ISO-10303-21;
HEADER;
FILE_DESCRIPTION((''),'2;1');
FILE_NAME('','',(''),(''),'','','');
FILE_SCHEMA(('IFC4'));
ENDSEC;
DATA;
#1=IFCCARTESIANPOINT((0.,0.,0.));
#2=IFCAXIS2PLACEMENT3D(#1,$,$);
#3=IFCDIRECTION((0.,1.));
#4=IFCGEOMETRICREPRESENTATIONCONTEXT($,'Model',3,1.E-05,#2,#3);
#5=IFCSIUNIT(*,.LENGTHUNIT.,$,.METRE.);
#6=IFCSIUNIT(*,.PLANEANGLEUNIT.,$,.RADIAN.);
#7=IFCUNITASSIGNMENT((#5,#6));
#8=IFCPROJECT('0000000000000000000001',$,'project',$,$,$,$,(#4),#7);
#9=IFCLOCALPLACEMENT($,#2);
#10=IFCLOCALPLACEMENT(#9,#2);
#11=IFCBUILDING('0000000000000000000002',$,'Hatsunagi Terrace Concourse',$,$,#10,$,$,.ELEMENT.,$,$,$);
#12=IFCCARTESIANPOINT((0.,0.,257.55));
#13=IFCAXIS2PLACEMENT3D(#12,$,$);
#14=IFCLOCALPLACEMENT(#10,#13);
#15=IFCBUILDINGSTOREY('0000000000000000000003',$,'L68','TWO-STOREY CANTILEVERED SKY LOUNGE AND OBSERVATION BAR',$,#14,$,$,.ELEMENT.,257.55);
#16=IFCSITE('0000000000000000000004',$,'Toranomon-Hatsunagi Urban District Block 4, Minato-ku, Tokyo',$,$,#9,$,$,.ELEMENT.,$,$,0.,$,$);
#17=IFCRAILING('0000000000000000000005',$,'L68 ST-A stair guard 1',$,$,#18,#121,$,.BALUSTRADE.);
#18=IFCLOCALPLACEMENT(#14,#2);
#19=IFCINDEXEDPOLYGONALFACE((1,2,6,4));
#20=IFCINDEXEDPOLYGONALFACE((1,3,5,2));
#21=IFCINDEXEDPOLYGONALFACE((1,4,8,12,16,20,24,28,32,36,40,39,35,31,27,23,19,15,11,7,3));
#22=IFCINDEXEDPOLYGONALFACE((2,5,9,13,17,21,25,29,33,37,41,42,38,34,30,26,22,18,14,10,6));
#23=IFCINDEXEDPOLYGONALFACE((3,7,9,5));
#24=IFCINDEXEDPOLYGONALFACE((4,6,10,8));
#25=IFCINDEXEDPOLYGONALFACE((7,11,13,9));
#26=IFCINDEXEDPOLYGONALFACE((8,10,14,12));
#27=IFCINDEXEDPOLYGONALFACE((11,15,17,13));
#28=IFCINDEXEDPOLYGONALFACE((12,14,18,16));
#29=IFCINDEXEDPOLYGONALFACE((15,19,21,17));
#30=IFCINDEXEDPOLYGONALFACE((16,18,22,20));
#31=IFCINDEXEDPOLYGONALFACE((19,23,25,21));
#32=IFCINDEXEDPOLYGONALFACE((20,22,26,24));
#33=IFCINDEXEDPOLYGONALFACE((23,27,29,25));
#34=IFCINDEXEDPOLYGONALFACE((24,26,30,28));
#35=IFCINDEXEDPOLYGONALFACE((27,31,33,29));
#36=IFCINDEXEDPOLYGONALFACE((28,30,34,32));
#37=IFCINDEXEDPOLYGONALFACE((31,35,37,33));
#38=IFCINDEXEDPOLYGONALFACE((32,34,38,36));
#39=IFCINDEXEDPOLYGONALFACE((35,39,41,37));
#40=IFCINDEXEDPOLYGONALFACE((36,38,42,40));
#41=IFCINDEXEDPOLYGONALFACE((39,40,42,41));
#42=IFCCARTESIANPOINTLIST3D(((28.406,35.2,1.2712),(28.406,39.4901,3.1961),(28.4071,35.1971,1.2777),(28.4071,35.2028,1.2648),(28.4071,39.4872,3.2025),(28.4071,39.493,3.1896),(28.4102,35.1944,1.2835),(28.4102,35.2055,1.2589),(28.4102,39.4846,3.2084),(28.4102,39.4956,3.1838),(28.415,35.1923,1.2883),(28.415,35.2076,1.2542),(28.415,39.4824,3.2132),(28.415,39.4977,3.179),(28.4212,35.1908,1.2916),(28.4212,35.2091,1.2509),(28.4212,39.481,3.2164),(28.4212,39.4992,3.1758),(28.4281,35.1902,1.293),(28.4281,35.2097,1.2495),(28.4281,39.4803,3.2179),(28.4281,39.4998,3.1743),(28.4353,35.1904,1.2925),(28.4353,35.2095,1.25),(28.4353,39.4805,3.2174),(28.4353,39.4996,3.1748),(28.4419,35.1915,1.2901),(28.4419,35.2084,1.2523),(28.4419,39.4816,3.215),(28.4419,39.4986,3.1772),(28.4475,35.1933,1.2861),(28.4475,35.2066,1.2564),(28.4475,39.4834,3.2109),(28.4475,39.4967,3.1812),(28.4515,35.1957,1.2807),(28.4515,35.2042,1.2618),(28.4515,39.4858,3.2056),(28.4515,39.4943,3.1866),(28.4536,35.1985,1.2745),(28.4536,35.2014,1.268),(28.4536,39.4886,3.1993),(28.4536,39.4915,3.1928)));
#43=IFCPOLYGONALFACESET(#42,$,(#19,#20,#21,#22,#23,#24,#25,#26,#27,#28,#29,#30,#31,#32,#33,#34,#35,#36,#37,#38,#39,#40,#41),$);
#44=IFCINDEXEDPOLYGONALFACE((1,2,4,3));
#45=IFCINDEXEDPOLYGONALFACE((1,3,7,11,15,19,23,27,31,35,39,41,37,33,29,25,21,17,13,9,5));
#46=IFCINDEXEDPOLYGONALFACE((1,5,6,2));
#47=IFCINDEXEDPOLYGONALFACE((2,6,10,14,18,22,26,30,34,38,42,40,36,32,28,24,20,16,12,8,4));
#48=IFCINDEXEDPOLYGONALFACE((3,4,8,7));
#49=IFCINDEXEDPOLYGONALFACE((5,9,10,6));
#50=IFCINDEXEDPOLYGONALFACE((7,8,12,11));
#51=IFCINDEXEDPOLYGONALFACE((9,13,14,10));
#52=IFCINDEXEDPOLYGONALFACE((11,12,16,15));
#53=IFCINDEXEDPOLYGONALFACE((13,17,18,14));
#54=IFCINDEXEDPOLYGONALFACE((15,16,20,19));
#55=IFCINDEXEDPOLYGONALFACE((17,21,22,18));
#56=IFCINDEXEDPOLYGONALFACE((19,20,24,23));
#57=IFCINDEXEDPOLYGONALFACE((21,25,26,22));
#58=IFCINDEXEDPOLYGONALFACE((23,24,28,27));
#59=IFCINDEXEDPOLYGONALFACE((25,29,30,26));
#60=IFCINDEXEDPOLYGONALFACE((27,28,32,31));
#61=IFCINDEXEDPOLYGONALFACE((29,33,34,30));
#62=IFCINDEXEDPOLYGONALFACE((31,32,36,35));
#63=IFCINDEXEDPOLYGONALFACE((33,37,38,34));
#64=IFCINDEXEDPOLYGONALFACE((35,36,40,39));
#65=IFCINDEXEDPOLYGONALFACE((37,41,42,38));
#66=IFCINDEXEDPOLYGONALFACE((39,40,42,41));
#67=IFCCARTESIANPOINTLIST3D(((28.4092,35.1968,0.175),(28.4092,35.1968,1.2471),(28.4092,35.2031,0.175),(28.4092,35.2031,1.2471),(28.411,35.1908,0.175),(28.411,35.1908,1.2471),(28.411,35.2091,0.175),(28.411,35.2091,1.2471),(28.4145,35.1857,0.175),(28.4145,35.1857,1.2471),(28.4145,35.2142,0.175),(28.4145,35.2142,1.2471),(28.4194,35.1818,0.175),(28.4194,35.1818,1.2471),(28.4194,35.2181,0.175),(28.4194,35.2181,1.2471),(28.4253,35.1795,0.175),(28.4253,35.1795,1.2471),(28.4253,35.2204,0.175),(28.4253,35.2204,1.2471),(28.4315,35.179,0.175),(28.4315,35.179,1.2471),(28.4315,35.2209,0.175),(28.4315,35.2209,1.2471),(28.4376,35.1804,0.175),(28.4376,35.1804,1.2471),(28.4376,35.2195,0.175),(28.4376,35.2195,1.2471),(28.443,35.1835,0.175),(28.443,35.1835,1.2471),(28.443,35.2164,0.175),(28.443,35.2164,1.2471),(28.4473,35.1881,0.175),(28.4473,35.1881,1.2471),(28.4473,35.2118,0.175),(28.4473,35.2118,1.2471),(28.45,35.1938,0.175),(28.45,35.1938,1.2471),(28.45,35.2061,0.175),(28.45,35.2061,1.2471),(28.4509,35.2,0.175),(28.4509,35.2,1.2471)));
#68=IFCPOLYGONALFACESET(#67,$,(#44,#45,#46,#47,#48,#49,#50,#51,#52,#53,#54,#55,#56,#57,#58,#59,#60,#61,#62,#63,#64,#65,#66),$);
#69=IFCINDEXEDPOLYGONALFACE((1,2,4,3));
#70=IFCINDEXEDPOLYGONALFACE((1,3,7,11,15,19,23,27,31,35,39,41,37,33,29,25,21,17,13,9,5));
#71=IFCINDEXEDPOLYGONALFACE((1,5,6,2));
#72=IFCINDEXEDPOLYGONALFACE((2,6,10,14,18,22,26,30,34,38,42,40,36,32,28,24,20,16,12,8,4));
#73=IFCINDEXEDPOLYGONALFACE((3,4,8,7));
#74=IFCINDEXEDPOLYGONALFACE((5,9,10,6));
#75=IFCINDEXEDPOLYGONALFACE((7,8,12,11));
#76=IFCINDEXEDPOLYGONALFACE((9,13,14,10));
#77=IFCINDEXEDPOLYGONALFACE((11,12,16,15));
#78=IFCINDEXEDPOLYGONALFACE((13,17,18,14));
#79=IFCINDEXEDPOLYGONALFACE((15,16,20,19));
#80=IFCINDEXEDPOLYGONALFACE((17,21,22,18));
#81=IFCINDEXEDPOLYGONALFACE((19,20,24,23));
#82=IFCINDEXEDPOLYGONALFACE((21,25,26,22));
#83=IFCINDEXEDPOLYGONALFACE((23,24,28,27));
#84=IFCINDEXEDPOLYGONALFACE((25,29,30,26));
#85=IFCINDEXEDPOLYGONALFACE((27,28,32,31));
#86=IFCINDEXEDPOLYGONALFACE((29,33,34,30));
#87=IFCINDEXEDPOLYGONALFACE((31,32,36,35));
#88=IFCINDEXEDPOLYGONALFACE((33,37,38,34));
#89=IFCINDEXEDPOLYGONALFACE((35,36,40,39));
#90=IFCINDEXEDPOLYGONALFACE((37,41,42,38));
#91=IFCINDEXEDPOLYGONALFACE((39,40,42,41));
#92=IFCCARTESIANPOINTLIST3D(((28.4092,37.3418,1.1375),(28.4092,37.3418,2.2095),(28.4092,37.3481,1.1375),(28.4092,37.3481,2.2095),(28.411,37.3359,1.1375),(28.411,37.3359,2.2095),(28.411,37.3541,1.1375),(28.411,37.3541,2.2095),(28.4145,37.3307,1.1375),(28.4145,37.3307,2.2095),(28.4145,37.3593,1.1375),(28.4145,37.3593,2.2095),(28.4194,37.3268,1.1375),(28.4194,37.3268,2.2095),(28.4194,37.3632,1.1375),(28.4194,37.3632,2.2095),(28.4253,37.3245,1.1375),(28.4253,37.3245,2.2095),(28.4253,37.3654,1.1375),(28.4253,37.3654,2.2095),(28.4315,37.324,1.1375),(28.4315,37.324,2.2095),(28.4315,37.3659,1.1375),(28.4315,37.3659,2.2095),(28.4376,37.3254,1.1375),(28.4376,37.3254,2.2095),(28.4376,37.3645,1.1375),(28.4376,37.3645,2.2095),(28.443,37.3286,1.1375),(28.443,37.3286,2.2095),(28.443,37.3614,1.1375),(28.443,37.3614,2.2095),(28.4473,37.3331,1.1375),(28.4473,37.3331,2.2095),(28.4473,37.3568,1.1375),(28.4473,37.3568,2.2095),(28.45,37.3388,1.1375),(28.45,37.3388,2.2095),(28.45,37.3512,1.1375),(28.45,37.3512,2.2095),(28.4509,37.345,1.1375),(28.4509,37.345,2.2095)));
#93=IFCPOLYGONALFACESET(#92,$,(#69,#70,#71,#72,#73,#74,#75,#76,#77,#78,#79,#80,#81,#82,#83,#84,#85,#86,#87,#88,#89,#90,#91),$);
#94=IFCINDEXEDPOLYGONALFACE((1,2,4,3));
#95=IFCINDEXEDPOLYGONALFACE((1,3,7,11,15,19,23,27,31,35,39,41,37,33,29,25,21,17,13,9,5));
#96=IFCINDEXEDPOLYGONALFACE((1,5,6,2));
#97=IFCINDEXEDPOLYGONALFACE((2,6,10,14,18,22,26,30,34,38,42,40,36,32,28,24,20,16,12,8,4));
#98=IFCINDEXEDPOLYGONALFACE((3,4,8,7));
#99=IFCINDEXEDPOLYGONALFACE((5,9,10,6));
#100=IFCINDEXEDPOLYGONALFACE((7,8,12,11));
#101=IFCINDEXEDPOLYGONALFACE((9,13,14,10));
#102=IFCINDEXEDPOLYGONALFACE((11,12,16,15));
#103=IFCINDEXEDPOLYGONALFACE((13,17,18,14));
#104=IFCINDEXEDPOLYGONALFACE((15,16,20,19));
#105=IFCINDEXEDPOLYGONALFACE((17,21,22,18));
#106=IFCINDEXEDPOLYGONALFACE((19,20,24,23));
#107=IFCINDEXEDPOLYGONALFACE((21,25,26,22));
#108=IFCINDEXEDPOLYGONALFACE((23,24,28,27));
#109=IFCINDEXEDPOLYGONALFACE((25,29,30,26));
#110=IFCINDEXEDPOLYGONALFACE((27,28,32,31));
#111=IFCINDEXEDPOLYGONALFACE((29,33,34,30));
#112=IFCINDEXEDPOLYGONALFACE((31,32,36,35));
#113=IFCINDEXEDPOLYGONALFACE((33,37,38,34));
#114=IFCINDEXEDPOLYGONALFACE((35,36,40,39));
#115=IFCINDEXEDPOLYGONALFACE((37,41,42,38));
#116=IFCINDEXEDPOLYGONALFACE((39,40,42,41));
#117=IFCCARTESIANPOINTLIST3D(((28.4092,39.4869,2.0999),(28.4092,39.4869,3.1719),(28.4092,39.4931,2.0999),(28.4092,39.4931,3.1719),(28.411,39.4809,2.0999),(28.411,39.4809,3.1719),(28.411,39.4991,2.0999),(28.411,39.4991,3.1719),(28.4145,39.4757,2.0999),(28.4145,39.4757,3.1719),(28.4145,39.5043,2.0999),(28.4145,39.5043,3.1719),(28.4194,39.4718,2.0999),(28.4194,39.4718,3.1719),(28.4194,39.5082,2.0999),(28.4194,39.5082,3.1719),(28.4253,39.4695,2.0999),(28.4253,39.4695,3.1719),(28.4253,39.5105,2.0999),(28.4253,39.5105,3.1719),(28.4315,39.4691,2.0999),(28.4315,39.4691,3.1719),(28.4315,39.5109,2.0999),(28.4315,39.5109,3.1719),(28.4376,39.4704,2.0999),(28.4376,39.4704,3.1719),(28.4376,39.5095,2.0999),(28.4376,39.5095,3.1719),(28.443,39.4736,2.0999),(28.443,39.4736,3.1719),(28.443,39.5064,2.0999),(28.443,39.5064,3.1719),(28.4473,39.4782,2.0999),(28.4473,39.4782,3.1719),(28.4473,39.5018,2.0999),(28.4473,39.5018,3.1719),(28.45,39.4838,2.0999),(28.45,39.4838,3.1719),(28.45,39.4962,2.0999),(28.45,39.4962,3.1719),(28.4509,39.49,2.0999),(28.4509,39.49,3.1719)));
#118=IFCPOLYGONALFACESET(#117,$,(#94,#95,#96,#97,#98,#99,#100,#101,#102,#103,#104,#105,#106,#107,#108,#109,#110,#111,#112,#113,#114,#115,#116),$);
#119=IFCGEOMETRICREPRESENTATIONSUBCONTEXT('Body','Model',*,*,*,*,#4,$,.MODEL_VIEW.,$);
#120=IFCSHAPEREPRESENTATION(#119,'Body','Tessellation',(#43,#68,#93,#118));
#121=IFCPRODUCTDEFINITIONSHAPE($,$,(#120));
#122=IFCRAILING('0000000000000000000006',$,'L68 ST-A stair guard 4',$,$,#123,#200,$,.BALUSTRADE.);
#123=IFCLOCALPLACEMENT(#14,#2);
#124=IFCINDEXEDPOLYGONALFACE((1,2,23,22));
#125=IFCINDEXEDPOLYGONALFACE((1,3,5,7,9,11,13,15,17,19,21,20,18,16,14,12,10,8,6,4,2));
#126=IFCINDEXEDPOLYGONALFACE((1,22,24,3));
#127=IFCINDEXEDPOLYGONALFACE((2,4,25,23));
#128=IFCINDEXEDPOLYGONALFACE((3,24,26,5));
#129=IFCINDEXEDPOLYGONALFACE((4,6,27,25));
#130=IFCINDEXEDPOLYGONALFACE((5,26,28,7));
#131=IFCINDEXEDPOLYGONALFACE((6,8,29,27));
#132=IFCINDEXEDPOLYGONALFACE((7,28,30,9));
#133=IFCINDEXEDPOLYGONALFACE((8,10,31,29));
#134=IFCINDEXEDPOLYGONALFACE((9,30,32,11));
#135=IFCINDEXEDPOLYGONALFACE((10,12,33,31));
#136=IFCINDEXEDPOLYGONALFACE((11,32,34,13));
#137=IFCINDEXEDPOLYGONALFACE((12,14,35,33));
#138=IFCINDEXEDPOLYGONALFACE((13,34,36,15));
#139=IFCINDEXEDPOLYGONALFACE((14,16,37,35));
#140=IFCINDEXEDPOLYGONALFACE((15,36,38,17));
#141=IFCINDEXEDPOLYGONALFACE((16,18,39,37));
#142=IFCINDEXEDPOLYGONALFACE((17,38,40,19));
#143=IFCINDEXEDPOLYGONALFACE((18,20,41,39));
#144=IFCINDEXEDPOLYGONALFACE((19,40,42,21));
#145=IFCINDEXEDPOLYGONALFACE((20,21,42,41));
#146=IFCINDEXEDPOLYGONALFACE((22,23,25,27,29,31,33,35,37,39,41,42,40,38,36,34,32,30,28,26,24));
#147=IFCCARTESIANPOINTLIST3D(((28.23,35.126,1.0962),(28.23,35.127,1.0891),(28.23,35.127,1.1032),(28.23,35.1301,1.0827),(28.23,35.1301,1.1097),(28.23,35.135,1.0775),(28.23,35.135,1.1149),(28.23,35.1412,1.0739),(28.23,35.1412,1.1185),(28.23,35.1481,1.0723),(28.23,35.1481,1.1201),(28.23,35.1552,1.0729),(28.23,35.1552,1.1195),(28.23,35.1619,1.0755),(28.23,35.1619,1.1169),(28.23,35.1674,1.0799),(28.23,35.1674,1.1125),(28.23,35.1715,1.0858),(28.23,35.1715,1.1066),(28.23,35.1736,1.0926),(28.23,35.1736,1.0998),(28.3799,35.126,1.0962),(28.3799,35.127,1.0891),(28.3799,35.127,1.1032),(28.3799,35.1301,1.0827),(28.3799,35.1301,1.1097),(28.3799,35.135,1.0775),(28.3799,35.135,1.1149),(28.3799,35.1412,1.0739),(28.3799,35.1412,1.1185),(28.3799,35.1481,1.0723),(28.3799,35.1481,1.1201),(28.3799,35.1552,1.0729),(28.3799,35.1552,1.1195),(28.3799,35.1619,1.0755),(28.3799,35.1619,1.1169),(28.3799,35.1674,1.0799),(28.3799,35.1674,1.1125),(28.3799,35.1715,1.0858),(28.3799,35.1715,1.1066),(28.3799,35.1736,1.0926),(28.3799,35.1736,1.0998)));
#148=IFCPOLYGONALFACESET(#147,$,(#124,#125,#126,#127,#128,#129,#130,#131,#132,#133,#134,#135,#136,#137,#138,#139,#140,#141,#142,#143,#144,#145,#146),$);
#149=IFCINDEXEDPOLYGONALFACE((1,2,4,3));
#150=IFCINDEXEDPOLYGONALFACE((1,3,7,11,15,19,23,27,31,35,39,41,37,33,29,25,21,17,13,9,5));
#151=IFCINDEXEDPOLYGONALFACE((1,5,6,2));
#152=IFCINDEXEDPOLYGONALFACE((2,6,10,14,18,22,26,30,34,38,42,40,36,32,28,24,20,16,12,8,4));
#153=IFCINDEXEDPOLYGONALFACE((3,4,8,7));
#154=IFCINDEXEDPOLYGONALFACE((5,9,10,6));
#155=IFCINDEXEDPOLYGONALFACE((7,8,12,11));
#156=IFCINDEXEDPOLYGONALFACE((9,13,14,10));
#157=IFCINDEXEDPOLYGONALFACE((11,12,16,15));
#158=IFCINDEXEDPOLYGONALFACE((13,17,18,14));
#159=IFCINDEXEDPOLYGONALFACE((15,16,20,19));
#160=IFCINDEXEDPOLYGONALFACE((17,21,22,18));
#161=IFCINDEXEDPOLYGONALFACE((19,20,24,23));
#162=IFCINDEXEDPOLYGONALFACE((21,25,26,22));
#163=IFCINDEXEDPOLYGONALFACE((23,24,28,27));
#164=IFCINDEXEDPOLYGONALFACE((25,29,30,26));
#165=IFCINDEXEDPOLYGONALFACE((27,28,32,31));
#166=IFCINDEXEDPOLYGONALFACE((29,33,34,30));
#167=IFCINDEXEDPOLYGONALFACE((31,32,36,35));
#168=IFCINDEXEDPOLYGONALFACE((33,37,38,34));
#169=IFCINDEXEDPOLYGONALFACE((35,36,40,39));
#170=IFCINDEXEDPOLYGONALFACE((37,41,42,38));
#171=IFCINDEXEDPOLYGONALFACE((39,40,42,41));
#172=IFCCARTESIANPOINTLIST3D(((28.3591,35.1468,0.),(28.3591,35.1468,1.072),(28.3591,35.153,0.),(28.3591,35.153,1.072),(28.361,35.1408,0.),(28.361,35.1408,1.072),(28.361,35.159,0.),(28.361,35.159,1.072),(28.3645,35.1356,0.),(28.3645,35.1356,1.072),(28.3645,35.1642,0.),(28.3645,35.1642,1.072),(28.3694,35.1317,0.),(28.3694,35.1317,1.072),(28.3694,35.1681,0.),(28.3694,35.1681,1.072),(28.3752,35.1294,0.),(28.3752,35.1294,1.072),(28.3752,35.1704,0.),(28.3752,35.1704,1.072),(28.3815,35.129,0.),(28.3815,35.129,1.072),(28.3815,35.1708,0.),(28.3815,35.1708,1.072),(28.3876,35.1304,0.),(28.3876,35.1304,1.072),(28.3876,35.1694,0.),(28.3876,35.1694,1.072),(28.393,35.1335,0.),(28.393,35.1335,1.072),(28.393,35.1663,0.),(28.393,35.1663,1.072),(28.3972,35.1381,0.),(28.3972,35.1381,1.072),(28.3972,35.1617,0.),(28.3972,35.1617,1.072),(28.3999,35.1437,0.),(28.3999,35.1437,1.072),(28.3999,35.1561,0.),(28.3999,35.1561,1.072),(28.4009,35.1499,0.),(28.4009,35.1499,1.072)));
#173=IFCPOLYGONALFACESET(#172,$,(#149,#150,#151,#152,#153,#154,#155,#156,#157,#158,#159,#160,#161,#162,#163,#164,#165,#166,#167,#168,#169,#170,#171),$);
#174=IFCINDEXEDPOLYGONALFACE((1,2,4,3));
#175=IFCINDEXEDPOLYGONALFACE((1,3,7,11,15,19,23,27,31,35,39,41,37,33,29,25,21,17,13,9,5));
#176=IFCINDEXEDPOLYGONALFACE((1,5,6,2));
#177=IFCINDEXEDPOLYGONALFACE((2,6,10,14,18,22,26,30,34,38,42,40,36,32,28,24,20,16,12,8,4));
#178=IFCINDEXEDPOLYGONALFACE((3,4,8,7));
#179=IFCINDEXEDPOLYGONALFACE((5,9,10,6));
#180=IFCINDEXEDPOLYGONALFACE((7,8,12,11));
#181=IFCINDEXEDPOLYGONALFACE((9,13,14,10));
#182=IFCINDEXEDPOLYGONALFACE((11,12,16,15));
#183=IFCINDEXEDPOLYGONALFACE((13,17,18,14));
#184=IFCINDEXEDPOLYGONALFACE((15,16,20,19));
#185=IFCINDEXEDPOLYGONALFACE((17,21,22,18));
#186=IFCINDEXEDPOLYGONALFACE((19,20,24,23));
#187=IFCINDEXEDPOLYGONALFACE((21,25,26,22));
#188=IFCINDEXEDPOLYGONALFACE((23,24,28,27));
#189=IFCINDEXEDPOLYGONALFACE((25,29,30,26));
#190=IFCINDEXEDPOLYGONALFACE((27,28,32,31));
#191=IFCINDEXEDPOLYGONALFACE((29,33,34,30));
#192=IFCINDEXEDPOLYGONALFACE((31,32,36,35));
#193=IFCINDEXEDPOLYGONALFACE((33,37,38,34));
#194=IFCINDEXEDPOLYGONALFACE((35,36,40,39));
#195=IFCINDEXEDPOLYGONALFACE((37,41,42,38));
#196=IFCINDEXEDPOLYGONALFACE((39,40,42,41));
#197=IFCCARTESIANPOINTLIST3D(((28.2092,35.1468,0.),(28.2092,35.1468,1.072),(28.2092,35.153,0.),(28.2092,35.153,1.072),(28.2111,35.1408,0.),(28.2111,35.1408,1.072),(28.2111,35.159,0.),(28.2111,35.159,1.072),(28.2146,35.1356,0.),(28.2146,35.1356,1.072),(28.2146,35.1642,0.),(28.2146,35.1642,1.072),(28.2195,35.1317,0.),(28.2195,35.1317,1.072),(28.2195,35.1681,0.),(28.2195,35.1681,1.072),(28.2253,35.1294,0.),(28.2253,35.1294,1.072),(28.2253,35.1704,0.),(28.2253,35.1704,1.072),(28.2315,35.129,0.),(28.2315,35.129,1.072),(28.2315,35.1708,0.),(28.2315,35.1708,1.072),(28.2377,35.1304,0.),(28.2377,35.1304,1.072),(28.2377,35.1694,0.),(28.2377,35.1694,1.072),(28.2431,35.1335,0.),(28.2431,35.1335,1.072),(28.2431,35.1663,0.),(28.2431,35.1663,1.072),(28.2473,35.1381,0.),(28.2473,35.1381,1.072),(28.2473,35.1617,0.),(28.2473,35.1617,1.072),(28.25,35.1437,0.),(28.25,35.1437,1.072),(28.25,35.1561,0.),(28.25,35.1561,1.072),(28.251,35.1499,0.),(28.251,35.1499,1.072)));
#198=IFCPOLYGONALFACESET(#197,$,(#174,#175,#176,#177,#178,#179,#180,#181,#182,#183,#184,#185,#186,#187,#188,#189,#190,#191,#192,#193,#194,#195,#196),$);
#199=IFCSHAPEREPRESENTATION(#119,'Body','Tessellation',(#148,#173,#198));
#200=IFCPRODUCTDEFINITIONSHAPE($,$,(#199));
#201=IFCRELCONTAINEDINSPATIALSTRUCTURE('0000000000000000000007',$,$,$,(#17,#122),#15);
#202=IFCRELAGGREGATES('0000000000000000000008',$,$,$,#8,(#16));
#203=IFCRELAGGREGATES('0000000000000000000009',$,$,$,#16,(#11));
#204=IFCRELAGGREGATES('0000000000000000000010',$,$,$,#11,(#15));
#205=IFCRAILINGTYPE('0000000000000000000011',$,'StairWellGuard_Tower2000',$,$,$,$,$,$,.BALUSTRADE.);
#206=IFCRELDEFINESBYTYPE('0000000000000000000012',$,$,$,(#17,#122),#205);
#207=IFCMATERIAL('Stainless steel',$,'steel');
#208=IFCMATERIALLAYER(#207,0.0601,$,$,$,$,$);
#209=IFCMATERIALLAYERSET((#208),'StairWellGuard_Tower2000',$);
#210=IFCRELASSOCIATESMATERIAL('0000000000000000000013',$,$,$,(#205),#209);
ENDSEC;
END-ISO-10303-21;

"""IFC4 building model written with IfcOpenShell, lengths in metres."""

from ifc_helpers import new_model, si_unit, direction, frame, origin, origin_2d, place, context, subcontext, project, spatial, circle, extrude, material, layer, layer_set, type_object, element, save


model = new_model("IFC4")

# Units and contexts
model_context = context("Model", 3, precision=1e-05, world=origin(), true_north=direction((0.0, 1.0)))
body_context = subcontext(model_context, "Body", "Model", "MODEL_VIEW")
ifc_project = project(units=[si_unit("LENGTHUNIT", "METRE"), si_unit("PLANEANGLEUNIT", "RADIAN")], contexts=[model_context])

# Site, building, storey
site_placement = place(None, origin())
site = spatial("IfcSite", under=ifc_project, at=site_placement, Name="Toranomon-Hatsunagi Urban District Block 4, Minato-ku, Tokyo", CompositionType="ELEMENT", RefElevation=0.0)
building_placement = place(site_placement, origin())
building = spatial("IfcBuilding", under=site, at=building_placement, Name="Hatsunagi Terrace Concourse", CompositionType="ELEMENT")
storey_placement = place(building_placement, frame((0.0, 0.0, 257.55)))
storey = spatial("IfcBuildingStorey", under=building, at=storey_placement, Name="L68", Description="TWO-STOREY CANTILEVERED SKY LOUNGE AND OBSERVATION BAR", CompositionType="ELEMENT", Elevation=257.55)

# Railings
ifc_material_1 = material(Name="Stainless steel", Category="steel")
ifc_layer_1 = layer(ifc_material_1, 0.0601)
ifc_layer_set_1 = layer_set([ifc_layer_1], Name="StairWellGuard_Tower2000")
railing_type_1 = type_object("IfcRailingType", Name="StairWellGuard_Tower2000", PredefinedType="BALUSTRADE", material=ifc_layer_set_1)
railing_1_placement = place(storey_placement, frame((28.4299, 35.2, 0.175)))
element("IfcRailing", 1, at=railing_1_placement, inside=storey, type_object=railing_type_1, Name="L68 ST-A stair guard 1", PredefinedType="BALUSTRADE", context=body_context, shape_type="SweptSolid", body=[
    extrude(circle(Radius=0.0239, at=origin_2d()), frame((0.0, 0.0, 1.0962), z_axis=(0.0, 0.912376, 0.409354), x_axis=(-1.0, 0.0, 0.0)), (0.0, 0.0, 1.0), 4.7021),
    extrude(circle(Radius=0.021, at=origin_2d()), origin(), (0.0, 0.0, 1.0), 1.072),
    extrude(circle(Radius=0.021, at=origin_2d()), frame((0.0, 2.145, 0.9624)), (0.0, 0.0, 1.0), 1.072),
    extrude(circle(Radius=0.021, at=origin_2d()), frame((0.0, 4.29, 1.9248)), (0.0, 0.0, 1.0), 1.072),
])
railing_2_placement = place(storey_placement, frame((28.3799, 35.1499, 0.0)))
element("IfcRailing", 2, at=railing_2_placement, inside=storey, type_object=railing_type_1, Name="L68 ST-A stair guard 4", PredefinedType="BALUSTRADE", context=body_context, shape_type="SweptSolid", body=[
    extrude(circle(Radius=0.0239, at=origin_2d()), frame((0.0, 0.0, 1.0962), z_axis=(-1.0, 0.0, 0.0), x_axis=(0.0, -1.0, 0.0)), (0.0, 0.0, 1.0), 0.1499),
    extrude(circle(Radius=0.021, at=origin_2d()), origin(), (0.0, 0.0, 1.0), 1.072),
    extrude(circle(Radius=0.021, at=origin_2d()), frame((-0.1499, 0.0, 0.0)), (0.0, 0.0, 1.0), 1.072),
])

save(model, "model.ifc")
